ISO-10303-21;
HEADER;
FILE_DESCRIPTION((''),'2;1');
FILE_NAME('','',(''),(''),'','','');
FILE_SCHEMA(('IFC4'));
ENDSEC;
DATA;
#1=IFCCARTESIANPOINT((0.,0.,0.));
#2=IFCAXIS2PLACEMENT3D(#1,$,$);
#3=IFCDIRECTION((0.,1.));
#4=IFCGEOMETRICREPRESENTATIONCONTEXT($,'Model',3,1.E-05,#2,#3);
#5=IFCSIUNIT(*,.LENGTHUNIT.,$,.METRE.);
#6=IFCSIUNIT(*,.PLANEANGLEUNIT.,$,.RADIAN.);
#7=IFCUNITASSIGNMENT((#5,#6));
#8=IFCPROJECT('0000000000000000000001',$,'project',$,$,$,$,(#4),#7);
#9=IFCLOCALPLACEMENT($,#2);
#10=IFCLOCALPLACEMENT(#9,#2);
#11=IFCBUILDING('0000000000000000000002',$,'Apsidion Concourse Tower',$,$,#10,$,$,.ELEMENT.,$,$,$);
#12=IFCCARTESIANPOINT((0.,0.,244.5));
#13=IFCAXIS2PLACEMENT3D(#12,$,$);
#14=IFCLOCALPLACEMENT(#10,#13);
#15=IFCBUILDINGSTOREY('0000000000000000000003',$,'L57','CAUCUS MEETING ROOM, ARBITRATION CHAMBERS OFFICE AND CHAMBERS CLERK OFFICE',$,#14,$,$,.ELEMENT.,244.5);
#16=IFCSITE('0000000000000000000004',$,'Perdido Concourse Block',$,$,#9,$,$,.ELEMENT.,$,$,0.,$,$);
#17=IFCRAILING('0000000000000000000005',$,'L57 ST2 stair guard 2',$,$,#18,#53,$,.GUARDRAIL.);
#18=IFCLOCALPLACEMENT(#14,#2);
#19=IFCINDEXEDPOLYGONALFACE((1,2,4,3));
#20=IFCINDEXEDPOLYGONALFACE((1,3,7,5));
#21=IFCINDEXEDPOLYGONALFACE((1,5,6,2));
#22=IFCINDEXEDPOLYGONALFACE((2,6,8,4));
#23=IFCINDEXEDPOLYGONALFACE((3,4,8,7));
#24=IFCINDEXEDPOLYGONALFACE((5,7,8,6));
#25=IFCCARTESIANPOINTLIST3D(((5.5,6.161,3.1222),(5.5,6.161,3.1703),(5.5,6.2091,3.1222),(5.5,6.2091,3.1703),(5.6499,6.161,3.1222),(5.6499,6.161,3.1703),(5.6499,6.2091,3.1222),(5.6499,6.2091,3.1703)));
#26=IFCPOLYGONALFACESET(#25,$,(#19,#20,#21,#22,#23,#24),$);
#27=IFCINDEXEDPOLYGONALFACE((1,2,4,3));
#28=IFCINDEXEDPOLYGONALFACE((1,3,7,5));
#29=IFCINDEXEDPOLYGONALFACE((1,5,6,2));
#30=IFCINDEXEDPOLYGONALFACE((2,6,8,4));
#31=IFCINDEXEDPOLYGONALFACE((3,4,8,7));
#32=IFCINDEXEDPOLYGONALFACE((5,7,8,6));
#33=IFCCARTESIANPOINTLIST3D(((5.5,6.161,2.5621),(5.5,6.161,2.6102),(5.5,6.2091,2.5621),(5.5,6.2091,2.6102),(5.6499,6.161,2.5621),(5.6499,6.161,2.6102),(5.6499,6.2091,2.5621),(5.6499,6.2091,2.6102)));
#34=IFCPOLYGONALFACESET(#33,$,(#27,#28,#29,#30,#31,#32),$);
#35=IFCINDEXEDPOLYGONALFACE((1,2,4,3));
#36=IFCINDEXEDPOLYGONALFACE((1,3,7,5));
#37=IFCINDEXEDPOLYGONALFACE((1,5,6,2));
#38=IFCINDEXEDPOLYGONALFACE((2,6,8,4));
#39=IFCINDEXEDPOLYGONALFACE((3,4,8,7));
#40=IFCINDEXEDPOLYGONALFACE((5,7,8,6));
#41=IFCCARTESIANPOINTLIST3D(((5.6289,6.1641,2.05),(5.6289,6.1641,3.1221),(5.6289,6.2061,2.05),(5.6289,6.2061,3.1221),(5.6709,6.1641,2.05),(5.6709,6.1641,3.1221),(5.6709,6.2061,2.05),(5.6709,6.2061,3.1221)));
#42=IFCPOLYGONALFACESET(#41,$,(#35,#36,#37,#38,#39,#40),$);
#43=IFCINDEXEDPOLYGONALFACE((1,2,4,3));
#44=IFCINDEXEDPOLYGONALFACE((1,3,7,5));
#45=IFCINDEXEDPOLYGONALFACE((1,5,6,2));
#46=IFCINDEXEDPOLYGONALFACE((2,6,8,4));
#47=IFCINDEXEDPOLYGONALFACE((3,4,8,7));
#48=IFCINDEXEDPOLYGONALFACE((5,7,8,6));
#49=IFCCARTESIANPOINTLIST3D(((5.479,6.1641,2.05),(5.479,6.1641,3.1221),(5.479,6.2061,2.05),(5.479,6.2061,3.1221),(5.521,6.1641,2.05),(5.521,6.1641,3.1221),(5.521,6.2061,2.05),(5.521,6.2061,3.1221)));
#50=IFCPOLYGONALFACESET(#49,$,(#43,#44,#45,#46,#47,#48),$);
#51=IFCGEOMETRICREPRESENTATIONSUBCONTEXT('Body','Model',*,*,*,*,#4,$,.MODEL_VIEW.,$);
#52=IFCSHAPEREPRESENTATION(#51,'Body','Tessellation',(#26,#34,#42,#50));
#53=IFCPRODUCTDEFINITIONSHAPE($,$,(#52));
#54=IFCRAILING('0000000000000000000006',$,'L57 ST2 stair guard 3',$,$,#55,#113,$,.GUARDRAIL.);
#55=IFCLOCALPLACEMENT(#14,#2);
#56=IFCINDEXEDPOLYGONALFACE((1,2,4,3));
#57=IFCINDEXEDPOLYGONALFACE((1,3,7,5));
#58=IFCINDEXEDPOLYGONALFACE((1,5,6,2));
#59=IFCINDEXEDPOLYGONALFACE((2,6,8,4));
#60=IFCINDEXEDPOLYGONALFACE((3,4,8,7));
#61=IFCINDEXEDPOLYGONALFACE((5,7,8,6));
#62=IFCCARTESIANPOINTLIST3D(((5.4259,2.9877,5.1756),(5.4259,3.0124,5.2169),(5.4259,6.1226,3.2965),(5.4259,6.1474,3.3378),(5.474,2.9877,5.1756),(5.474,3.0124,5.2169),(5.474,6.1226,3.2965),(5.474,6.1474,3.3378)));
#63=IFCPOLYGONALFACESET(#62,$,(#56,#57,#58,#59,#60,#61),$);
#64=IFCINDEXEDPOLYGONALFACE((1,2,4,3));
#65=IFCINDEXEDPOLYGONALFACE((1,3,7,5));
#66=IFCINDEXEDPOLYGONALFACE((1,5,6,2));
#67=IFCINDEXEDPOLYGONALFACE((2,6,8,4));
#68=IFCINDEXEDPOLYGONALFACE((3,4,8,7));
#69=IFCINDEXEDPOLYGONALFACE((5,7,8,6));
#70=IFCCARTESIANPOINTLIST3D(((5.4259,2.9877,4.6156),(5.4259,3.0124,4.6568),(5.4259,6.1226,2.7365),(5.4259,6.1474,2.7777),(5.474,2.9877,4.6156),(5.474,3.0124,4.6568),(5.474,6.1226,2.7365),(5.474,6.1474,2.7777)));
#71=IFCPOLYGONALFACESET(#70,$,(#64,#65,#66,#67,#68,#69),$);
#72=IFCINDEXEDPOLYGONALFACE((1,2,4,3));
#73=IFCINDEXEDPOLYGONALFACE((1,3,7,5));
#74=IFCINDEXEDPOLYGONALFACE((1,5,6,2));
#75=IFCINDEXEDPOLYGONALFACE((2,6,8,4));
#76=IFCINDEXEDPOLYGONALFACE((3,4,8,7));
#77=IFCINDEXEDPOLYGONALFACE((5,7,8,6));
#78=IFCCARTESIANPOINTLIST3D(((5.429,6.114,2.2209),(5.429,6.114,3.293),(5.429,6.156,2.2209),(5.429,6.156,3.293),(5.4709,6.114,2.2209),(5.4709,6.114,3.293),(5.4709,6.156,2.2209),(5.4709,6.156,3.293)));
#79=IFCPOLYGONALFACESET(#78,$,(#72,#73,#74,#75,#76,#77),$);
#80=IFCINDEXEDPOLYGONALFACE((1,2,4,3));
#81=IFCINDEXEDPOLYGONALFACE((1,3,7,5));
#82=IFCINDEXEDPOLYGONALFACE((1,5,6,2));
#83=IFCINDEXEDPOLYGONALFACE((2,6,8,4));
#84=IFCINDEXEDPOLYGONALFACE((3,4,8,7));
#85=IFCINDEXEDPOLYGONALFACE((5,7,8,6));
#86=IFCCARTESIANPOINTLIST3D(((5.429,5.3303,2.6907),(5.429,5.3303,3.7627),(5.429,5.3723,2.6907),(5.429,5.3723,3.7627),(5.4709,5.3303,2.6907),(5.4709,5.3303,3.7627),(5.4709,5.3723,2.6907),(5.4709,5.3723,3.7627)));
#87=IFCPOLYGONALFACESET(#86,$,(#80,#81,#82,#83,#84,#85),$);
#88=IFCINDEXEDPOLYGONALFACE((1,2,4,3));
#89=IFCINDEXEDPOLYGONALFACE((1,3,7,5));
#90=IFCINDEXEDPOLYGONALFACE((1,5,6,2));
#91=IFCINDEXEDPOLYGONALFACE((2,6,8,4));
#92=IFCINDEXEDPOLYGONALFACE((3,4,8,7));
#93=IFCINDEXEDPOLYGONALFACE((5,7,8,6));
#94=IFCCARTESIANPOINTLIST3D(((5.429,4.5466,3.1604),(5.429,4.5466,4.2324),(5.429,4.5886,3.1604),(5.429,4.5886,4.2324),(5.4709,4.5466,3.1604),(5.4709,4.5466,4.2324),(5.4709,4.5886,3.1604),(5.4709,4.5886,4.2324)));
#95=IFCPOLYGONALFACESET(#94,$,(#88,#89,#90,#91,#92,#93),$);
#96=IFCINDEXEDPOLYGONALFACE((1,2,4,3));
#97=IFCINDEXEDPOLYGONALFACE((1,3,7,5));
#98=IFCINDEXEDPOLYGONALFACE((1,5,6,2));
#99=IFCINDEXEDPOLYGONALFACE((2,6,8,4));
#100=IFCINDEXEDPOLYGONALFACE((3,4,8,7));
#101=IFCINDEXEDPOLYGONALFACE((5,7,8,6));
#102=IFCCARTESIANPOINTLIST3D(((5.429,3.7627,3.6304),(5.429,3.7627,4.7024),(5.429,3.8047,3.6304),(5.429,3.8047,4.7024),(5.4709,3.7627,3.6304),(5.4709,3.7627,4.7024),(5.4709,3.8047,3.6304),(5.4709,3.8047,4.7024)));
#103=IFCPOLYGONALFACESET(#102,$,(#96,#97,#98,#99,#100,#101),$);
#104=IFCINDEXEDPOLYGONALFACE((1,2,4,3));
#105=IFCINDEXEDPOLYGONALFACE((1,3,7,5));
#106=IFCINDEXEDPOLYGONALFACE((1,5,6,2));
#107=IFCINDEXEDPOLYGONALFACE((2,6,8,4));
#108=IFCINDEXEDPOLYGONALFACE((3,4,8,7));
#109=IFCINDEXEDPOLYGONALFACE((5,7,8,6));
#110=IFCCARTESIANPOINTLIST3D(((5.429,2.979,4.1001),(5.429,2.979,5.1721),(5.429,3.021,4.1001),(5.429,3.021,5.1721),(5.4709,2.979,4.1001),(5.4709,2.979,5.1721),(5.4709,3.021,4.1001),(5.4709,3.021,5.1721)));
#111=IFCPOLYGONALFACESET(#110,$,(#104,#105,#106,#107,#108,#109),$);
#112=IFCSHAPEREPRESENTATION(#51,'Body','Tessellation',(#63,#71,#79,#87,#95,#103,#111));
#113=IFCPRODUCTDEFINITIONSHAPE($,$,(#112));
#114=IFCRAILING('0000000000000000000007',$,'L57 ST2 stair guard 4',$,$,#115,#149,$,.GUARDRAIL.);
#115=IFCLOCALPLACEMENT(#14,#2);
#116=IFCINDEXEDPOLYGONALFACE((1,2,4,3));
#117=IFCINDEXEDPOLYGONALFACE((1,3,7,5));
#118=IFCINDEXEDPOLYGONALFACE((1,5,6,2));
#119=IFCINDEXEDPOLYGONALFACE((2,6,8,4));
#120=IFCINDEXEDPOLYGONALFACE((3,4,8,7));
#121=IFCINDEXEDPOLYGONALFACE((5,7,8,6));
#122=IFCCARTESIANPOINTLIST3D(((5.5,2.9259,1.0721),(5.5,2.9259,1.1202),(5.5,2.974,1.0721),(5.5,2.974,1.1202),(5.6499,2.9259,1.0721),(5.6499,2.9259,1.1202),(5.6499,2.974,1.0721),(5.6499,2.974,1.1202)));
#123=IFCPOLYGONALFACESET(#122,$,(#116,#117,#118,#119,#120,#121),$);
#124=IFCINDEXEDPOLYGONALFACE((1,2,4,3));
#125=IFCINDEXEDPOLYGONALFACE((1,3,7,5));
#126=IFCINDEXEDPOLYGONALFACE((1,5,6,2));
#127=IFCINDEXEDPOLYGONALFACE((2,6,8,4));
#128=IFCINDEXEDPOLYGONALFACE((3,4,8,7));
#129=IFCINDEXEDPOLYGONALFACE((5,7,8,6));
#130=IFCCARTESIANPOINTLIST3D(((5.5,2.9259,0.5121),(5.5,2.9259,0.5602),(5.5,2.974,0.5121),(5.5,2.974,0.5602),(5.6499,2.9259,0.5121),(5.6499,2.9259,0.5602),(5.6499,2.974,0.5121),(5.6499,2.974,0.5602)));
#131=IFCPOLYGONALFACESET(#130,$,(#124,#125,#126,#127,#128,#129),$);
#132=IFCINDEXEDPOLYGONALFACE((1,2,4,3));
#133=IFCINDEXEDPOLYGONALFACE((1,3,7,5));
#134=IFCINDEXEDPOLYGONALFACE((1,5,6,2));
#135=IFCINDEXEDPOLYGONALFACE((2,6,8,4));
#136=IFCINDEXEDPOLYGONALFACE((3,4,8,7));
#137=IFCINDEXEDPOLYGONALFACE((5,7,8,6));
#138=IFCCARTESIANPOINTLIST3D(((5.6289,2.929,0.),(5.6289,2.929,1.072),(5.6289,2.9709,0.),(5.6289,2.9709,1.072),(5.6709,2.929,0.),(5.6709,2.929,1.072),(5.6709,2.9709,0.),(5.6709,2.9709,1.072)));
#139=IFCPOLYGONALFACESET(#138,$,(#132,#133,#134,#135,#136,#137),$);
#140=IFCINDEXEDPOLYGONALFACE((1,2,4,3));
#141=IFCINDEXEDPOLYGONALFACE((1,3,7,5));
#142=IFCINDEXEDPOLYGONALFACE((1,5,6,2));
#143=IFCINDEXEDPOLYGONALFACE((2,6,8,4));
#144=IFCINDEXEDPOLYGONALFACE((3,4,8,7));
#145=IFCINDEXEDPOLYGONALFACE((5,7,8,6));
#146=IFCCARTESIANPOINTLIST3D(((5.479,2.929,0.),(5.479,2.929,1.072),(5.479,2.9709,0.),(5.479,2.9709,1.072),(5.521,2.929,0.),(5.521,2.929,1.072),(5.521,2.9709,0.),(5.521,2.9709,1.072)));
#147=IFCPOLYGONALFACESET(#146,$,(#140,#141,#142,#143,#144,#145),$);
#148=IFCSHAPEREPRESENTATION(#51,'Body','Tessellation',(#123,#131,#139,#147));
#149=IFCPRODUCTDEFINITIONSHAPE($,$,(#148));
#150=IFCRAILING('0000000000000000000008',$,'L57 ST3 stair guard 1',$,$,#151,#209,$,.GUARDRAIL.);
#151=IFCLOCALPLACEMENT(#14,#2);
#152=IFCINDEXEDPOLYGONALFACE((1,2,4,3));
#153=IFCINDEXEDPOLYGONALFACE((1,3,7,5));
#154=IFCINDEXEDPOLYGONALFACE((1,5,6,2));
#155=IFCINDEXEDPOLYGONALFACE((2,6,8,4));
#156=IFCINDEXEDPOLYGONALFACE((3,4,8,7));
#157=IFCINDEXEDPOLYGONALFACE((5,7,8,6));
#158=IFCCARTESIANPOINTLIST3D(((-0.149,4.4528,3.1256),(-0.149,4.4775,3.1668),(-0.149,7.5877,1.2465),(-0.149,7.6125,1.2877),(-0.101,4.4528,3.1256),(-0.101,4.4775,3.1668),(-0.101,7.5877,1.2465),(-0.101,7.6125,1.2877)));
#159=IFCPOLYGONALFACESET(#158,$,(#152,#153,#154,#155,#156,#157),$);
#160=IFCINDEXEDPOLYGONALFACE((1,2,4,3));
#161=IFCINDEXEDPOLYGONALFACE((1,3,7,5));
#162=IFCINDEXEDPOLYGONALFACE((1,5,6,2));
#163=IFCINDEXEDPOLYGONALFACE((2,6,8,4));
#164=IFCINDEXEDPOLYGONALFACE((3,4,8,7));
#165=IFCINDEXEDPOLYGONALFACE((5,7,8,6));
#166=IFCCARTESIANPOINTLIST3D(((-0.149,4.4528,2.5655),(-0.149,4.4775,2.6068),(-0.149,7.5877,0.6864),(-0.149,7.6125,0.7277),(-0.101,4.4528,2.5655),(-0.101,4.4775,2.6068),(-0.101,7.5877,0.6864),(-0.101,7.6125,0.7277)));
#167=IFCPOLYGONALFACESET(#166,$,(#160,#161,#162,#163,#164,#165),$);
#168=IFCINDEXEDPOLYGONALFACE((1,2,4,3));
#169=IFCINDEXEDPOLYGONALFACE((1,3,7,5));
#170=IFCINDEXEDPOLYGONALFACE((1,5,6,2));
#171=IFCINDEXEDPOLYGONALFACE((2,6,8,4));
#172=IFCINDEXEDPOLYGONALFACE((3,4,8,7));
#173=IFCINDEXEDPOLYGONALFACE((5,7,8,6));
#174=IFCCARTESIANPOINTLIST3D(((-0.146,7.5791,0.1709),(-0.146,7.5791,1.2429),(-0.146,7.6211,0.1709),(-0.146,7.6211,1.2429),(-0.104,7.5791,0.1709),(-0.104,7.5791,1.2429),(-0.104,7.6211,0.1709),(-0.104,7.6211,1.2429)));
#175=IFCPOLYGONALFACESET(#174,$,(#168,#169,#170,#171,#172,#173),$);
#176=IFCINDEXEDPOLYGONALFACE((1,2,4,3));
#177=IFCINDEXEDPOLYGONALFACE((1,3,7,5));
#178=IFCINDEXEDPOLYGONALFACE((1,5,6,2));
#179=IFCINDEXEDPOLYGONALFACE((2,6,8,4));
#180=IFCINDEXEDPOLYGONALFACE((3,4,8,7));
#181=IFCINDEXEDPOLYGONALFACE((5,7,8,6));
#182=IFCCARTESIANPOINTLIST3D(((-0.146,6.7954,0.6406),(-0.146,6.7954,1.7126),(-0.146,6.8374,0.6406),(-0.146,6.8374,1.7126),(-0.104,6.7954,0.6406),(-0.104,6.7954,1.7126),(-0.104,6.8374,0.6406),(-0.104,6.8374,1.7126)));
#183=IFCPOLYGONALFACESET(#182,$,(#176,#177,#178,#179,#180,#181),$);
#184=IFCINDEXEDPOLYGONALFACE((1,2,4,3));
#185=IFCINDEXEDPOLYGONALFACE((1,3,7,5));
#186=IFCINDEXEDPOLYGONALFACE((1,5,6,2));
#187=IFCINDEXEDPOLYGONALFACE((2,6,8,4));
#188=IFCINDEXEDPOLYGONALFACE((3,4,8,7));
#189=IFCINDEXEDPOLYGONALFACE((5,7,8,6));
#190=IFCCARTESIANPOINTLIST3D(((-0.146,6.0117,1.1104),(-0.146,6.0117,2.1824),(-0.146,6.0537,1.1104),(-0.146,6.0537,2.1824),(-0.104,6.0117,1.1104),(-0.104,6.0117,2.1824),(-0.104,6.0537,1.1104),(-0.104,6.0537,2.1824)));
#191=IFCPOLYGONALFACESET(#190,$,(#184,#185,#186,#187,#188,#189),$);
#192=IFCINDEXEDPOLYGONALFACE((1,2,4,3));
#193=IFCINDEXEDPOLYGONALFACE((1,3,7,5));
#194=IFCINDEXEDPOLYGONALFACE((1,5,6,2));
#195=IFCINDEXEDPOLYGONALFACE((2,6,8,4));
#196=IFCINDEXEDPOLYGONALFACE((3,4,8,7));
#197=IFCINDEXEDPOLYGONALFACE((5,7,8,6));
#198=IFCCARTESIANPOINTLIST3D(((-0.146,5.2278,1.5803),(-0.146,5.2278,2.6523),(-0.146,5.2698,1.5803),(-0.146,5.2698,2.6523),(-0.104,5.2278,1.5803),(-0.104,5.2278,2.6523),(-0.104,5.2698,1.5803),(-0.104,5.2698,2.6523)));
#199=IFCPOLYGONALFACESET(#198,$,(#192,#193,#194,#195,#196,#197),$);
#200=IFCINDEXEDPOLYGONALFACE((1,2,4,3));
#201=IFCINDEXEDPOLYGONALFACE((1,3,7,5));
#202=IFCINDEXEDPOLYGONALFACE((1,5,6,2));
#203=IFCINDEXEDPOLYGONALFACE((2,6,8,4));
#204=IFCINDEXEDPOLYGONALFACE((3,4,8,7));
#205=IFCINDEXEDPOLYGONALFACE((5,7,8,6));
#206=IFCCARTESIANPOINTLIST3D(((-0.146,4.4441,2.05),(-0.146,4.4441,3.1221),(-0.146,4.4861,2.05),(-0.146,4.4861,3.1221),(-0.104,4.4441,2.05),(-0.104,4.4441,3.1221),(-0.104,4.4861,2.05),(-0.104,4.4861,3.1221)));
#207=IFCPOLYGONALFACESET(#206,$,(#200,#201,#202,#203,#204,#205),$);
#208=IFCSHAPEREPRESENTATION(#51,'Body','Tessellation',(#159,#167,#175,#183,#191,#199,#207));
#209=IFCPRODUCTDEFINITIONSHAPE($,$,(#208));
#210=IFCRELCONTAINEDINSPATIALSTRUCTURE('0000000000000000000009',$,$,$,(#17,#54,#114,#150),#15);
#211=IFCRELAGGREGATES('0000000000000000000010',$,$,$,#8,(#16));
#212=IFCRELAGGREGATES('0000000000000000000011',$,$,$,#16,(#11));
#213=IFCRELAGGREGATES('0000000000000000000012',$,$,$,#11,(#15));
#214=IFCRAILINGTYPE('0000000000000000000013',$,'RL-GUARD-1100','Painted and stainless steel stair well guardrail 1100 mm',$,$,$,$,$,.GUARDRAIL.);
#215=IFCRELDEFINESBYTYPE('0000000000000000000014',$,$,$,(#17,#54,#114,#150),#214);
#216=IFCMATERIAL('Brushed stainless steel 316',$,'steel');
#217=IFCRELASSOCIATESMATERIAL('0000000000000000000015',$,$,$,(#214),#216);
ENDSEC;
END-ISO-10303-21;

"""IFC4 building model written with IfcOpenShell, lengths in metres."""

from ifc_helpers import new_model, si_unit, direction, frame, origin, origin_2d, place, context, subcontext, project, spatial, rectangle, extrude, material, type_object, element, save


model = new_model("IFC4")

# Units and contexts
model_context = context("Model", 3, precision=1e-05, world=origin(), true_north=direction((0.0, 1.0)))
body_context = subcontext(model_context, "Body", "Model", "MODEL_VIEW")
ifc_project = project(units=[si_unit("LENGTHUNIT", "METRE"), si_unit("PLANEANGLEUNIT", "RADIAN")], contexts=[model_context])

# Site, building, storey
site_placement = place(None, origin())
site = spatial("IfcSite", under=ifc_project, at=site_placement, Name="Perdido Concourse Block", CompositionType="ELEMENT", RefElevation=0.0)
building_placement = place(site_placement, origin())
building = spatial("IfcBuilding", under=site, at=building_placement, Name="Apsidion Concourse Tower", CompositionType="ELEMENT")
storey_placement = place(building_placement, frame((0.0, 0.0, 244.5)))
storey = spatial("IfcBuildingStorey", under=building, at=storey_placement, Name="L57", Description="CAUCUS MEETING ROOM, ARBITRATION CHAMBERS OFFICE AND CHAMBERS CLERK OFFICE", CompositionType="ELEMENT", Elevation=244.5)

# Railings
ifc_material_1 = material(Name="Brushed stainless steel 316", Category="steel")
railing_type_1 = type_object("IfcRailingType", Name="RL-GUARD-1100", Description="Painted and stainless steel stair well guardrail 1100 mm", PredefinedType="GUARDRAIL", material=ifc_material_1)
railing_1_placement = place(storey_placement, frame((5.6499, 6.1851, 2.05)))
element("IfcRailing", 1, at=railing_1_placement, inside=storey, type_object=railing_type_1, Name="L57 ST2 stair guard 2", PredefinedType="GUARDRAIL", context=body_context, shape_type="SweptSolid", body=[
    extrude(rectangle(XDim=0.0481, YDim=0.0481, at=origin_2d()), frame((0.0, 0.0, 1.0962), z_axis=(-1.0, 0.0, 0.0), x_axis=(0.0, -1.0, 0.0)), (0.0, 0.0, 1.0), 0.1499),
    extrude(rectangle(XDim=0.0481, YDim=0.0481, at=origin_2d()), frame((0.0, 0.0, 0.5361), z_axis=(-1.0, 0.0, 0.0), x_axis=(0.0, -1.0, 0.0)), (0.0, 0.0, 1.0), 0.1499),
    extrude(rectangle(XDim=0.042, YDim=0.042, at=origin_2d()), origin(), (0.0, 0.0, 1.0), 1.072),
    extrude(rectangle(XDim=0.042, YDim=0.042, at=origin_2d()), frame((-0.1499, 0.0, 0.0)), (0.0, 0.0, 1.0), 1.072),
])
railing_2_placement = place(storey_placement, frame((5.45, 6.135, 2.2209)))
element("IfcRailing", 2, at=railing_2_placement, inside=storey, type_object=railing_type_1, Name="L57 ST2 stair guard 3", PredefinedType="GUARDRAIL", context=body_context, shape_type="SweptSolid", body=[
    extrude(rectangle(XDim=0.0481, YDim=0.0481, at=origin_2d()), frame((0.0, 0.0, 1.0962), z_axis=(0.0, -0.857717, 0.514122), x_axis=(1.0, 0.0, 0.0)), (0.0, 0.0, 1.0), 3.655),
    extrude(rectangle(XDim=0.0481, YDim=0.0481, at=origin_2d()), frame((0.0, 0.0, 0.5361), z_axis=(0.0, -0.857717, 0.514122), x_axis=(1.0, 0.0, 0.0)), (0.0, 0.0, 1.0), 3.655),
    extrude(rectangle(XDim=0.042, YDim=0.042, at=origin_2d()), origin(), (0.0, 0.0, 1.0), 1.072),
    extrude(rectangle(XDim=0.042, YDim=0.042, at=origin_2d()), frame((0.0, -0.7837, 0.4697)), (0.0, 0.0, 1.0), 1.072),
    extrude(rectangle(XDim=0.042, YDim=0.042, at=origin_2d()), frame((0.0, -1.5674, 0.9395)), (0.0, 0.0, 1.0), 1.072),
    extrude(rectangle(XDim=0.042, YDim=0.042, at=origin_2d()), frame((0.0, -2.3513, 1.4094)), (0.0, 0.0, 1.0), 1.072),
    extrude(rectangle(XDim=0.042, YDim=0.042, at=origin_2d()), frame((0.0, -3.135, 1.8792)), (0.0, 0.0, 1.0), 1.072),
])
railing_3_placement = place(storey_placement, frame((5.6499, 2.95, 0.0)))
element("IfcRailing", 3, at=railing_3_placement, inside=storey, type_object=railing_type_1, Name="L57 ST2 stair guard 4", PredefinedType="GUARDRAIL", context=body_context, shape_type="SweptSolid", body=[
    extrude(rectangle(XDim=0.0481, YDim=0.0481, at=origin_2d()), frame((0.0, 0.0, 1.0962), z_axis=(-1.0, 0.0, 0.0), x_axis=(0.0, -1.0, 0.0)), (0.0, 0.0, 1.0), 0.1499),
    extrude(rectangle(XDim=0.0481, YDim=0.0481, at=origin_2d()), frame((0.0, 0.0, 0.5361), z_axis=(-1.0, 0.0, 0.0), x_axis=(0.0, -1.0, 0.0)), (0.0, 0.0, 1.0), 0.1499),
    extrude(rectangle(XDim=0.042, YDim=0.042, at=origin_2d()), origin(), (0.0, 0.0, 1.0), 1.072),
    extrude(rectangle(XDim=0.042, YDim=0.042, at=origin_2d()), frame((-0.1499, 0.0, 0.0)), (0.0, 0.0, 1.0), 1.072),
])
railing_4_placement = place(storey_placement, frame((-0.125, 7.6001, 0.1709)))
element("IfcRailing", 4, at=railing_4_placement, inside=storey, type_object=railing_type_1, Name="L57 ST3 stair guard 1", PredefinedType="GUARDRAIL", context=body_context, shape_type="SweptSolid", body=[
    extrude(rectangle(XDim=0.0481, YDim=0.0481, at=origin_2d()), frame((0.0, 0.0, 1.0962), z_axis=(0.0, -0.857717, 0.514122), x_axis=(1.0, 0.0, 0.0)), (0.0, 0.0, 1.0), 3.655),
    extrude(rectangle(XDim=0.0481, YDim=0.0481, at=origin_2d()), frame((0.0, 0.0, 0.5361), z_axis=(0.0, -0.857717, 0.514122), x_axis=(1.0, 0.0, 0.0)), (0.0, 0.0, 1.0), 3.655),
    extrude(rectangle(XDim=0.042, YDim=0.042, at=origin_2d()), origin(), (0.0, 0.0, 1.0), 1.072),
    extrude(rectangle(XDim=0.042, YDim=0.042, at=origin_2d()), frame((0.0, -0.7837, 0.4697)), (0.0, 0.0, 1.0), 1.072),
    extrude(rectangle(XDim=0.042, YDim=0.042, at=origin_2d()), frame((0.0, -1.5674, 0.9395)), (0.0, 0.0, 1.0), 1.072),
    extrude(rectangle(XDim=0.042, YDim=0.042, at=origin_2d()), frame((0.0, -2.3513, 1.4094)), (0.0, 0.0, 1.0), 1.072),
    extrude(rectangle(XDim=0.042, YDim=0.042, at=origin_2d()), frame((0.0, -3.135, 1.8792)), (0.0, 0.0, 1.0), 1.072),
])

save(model, "model.ifc")
